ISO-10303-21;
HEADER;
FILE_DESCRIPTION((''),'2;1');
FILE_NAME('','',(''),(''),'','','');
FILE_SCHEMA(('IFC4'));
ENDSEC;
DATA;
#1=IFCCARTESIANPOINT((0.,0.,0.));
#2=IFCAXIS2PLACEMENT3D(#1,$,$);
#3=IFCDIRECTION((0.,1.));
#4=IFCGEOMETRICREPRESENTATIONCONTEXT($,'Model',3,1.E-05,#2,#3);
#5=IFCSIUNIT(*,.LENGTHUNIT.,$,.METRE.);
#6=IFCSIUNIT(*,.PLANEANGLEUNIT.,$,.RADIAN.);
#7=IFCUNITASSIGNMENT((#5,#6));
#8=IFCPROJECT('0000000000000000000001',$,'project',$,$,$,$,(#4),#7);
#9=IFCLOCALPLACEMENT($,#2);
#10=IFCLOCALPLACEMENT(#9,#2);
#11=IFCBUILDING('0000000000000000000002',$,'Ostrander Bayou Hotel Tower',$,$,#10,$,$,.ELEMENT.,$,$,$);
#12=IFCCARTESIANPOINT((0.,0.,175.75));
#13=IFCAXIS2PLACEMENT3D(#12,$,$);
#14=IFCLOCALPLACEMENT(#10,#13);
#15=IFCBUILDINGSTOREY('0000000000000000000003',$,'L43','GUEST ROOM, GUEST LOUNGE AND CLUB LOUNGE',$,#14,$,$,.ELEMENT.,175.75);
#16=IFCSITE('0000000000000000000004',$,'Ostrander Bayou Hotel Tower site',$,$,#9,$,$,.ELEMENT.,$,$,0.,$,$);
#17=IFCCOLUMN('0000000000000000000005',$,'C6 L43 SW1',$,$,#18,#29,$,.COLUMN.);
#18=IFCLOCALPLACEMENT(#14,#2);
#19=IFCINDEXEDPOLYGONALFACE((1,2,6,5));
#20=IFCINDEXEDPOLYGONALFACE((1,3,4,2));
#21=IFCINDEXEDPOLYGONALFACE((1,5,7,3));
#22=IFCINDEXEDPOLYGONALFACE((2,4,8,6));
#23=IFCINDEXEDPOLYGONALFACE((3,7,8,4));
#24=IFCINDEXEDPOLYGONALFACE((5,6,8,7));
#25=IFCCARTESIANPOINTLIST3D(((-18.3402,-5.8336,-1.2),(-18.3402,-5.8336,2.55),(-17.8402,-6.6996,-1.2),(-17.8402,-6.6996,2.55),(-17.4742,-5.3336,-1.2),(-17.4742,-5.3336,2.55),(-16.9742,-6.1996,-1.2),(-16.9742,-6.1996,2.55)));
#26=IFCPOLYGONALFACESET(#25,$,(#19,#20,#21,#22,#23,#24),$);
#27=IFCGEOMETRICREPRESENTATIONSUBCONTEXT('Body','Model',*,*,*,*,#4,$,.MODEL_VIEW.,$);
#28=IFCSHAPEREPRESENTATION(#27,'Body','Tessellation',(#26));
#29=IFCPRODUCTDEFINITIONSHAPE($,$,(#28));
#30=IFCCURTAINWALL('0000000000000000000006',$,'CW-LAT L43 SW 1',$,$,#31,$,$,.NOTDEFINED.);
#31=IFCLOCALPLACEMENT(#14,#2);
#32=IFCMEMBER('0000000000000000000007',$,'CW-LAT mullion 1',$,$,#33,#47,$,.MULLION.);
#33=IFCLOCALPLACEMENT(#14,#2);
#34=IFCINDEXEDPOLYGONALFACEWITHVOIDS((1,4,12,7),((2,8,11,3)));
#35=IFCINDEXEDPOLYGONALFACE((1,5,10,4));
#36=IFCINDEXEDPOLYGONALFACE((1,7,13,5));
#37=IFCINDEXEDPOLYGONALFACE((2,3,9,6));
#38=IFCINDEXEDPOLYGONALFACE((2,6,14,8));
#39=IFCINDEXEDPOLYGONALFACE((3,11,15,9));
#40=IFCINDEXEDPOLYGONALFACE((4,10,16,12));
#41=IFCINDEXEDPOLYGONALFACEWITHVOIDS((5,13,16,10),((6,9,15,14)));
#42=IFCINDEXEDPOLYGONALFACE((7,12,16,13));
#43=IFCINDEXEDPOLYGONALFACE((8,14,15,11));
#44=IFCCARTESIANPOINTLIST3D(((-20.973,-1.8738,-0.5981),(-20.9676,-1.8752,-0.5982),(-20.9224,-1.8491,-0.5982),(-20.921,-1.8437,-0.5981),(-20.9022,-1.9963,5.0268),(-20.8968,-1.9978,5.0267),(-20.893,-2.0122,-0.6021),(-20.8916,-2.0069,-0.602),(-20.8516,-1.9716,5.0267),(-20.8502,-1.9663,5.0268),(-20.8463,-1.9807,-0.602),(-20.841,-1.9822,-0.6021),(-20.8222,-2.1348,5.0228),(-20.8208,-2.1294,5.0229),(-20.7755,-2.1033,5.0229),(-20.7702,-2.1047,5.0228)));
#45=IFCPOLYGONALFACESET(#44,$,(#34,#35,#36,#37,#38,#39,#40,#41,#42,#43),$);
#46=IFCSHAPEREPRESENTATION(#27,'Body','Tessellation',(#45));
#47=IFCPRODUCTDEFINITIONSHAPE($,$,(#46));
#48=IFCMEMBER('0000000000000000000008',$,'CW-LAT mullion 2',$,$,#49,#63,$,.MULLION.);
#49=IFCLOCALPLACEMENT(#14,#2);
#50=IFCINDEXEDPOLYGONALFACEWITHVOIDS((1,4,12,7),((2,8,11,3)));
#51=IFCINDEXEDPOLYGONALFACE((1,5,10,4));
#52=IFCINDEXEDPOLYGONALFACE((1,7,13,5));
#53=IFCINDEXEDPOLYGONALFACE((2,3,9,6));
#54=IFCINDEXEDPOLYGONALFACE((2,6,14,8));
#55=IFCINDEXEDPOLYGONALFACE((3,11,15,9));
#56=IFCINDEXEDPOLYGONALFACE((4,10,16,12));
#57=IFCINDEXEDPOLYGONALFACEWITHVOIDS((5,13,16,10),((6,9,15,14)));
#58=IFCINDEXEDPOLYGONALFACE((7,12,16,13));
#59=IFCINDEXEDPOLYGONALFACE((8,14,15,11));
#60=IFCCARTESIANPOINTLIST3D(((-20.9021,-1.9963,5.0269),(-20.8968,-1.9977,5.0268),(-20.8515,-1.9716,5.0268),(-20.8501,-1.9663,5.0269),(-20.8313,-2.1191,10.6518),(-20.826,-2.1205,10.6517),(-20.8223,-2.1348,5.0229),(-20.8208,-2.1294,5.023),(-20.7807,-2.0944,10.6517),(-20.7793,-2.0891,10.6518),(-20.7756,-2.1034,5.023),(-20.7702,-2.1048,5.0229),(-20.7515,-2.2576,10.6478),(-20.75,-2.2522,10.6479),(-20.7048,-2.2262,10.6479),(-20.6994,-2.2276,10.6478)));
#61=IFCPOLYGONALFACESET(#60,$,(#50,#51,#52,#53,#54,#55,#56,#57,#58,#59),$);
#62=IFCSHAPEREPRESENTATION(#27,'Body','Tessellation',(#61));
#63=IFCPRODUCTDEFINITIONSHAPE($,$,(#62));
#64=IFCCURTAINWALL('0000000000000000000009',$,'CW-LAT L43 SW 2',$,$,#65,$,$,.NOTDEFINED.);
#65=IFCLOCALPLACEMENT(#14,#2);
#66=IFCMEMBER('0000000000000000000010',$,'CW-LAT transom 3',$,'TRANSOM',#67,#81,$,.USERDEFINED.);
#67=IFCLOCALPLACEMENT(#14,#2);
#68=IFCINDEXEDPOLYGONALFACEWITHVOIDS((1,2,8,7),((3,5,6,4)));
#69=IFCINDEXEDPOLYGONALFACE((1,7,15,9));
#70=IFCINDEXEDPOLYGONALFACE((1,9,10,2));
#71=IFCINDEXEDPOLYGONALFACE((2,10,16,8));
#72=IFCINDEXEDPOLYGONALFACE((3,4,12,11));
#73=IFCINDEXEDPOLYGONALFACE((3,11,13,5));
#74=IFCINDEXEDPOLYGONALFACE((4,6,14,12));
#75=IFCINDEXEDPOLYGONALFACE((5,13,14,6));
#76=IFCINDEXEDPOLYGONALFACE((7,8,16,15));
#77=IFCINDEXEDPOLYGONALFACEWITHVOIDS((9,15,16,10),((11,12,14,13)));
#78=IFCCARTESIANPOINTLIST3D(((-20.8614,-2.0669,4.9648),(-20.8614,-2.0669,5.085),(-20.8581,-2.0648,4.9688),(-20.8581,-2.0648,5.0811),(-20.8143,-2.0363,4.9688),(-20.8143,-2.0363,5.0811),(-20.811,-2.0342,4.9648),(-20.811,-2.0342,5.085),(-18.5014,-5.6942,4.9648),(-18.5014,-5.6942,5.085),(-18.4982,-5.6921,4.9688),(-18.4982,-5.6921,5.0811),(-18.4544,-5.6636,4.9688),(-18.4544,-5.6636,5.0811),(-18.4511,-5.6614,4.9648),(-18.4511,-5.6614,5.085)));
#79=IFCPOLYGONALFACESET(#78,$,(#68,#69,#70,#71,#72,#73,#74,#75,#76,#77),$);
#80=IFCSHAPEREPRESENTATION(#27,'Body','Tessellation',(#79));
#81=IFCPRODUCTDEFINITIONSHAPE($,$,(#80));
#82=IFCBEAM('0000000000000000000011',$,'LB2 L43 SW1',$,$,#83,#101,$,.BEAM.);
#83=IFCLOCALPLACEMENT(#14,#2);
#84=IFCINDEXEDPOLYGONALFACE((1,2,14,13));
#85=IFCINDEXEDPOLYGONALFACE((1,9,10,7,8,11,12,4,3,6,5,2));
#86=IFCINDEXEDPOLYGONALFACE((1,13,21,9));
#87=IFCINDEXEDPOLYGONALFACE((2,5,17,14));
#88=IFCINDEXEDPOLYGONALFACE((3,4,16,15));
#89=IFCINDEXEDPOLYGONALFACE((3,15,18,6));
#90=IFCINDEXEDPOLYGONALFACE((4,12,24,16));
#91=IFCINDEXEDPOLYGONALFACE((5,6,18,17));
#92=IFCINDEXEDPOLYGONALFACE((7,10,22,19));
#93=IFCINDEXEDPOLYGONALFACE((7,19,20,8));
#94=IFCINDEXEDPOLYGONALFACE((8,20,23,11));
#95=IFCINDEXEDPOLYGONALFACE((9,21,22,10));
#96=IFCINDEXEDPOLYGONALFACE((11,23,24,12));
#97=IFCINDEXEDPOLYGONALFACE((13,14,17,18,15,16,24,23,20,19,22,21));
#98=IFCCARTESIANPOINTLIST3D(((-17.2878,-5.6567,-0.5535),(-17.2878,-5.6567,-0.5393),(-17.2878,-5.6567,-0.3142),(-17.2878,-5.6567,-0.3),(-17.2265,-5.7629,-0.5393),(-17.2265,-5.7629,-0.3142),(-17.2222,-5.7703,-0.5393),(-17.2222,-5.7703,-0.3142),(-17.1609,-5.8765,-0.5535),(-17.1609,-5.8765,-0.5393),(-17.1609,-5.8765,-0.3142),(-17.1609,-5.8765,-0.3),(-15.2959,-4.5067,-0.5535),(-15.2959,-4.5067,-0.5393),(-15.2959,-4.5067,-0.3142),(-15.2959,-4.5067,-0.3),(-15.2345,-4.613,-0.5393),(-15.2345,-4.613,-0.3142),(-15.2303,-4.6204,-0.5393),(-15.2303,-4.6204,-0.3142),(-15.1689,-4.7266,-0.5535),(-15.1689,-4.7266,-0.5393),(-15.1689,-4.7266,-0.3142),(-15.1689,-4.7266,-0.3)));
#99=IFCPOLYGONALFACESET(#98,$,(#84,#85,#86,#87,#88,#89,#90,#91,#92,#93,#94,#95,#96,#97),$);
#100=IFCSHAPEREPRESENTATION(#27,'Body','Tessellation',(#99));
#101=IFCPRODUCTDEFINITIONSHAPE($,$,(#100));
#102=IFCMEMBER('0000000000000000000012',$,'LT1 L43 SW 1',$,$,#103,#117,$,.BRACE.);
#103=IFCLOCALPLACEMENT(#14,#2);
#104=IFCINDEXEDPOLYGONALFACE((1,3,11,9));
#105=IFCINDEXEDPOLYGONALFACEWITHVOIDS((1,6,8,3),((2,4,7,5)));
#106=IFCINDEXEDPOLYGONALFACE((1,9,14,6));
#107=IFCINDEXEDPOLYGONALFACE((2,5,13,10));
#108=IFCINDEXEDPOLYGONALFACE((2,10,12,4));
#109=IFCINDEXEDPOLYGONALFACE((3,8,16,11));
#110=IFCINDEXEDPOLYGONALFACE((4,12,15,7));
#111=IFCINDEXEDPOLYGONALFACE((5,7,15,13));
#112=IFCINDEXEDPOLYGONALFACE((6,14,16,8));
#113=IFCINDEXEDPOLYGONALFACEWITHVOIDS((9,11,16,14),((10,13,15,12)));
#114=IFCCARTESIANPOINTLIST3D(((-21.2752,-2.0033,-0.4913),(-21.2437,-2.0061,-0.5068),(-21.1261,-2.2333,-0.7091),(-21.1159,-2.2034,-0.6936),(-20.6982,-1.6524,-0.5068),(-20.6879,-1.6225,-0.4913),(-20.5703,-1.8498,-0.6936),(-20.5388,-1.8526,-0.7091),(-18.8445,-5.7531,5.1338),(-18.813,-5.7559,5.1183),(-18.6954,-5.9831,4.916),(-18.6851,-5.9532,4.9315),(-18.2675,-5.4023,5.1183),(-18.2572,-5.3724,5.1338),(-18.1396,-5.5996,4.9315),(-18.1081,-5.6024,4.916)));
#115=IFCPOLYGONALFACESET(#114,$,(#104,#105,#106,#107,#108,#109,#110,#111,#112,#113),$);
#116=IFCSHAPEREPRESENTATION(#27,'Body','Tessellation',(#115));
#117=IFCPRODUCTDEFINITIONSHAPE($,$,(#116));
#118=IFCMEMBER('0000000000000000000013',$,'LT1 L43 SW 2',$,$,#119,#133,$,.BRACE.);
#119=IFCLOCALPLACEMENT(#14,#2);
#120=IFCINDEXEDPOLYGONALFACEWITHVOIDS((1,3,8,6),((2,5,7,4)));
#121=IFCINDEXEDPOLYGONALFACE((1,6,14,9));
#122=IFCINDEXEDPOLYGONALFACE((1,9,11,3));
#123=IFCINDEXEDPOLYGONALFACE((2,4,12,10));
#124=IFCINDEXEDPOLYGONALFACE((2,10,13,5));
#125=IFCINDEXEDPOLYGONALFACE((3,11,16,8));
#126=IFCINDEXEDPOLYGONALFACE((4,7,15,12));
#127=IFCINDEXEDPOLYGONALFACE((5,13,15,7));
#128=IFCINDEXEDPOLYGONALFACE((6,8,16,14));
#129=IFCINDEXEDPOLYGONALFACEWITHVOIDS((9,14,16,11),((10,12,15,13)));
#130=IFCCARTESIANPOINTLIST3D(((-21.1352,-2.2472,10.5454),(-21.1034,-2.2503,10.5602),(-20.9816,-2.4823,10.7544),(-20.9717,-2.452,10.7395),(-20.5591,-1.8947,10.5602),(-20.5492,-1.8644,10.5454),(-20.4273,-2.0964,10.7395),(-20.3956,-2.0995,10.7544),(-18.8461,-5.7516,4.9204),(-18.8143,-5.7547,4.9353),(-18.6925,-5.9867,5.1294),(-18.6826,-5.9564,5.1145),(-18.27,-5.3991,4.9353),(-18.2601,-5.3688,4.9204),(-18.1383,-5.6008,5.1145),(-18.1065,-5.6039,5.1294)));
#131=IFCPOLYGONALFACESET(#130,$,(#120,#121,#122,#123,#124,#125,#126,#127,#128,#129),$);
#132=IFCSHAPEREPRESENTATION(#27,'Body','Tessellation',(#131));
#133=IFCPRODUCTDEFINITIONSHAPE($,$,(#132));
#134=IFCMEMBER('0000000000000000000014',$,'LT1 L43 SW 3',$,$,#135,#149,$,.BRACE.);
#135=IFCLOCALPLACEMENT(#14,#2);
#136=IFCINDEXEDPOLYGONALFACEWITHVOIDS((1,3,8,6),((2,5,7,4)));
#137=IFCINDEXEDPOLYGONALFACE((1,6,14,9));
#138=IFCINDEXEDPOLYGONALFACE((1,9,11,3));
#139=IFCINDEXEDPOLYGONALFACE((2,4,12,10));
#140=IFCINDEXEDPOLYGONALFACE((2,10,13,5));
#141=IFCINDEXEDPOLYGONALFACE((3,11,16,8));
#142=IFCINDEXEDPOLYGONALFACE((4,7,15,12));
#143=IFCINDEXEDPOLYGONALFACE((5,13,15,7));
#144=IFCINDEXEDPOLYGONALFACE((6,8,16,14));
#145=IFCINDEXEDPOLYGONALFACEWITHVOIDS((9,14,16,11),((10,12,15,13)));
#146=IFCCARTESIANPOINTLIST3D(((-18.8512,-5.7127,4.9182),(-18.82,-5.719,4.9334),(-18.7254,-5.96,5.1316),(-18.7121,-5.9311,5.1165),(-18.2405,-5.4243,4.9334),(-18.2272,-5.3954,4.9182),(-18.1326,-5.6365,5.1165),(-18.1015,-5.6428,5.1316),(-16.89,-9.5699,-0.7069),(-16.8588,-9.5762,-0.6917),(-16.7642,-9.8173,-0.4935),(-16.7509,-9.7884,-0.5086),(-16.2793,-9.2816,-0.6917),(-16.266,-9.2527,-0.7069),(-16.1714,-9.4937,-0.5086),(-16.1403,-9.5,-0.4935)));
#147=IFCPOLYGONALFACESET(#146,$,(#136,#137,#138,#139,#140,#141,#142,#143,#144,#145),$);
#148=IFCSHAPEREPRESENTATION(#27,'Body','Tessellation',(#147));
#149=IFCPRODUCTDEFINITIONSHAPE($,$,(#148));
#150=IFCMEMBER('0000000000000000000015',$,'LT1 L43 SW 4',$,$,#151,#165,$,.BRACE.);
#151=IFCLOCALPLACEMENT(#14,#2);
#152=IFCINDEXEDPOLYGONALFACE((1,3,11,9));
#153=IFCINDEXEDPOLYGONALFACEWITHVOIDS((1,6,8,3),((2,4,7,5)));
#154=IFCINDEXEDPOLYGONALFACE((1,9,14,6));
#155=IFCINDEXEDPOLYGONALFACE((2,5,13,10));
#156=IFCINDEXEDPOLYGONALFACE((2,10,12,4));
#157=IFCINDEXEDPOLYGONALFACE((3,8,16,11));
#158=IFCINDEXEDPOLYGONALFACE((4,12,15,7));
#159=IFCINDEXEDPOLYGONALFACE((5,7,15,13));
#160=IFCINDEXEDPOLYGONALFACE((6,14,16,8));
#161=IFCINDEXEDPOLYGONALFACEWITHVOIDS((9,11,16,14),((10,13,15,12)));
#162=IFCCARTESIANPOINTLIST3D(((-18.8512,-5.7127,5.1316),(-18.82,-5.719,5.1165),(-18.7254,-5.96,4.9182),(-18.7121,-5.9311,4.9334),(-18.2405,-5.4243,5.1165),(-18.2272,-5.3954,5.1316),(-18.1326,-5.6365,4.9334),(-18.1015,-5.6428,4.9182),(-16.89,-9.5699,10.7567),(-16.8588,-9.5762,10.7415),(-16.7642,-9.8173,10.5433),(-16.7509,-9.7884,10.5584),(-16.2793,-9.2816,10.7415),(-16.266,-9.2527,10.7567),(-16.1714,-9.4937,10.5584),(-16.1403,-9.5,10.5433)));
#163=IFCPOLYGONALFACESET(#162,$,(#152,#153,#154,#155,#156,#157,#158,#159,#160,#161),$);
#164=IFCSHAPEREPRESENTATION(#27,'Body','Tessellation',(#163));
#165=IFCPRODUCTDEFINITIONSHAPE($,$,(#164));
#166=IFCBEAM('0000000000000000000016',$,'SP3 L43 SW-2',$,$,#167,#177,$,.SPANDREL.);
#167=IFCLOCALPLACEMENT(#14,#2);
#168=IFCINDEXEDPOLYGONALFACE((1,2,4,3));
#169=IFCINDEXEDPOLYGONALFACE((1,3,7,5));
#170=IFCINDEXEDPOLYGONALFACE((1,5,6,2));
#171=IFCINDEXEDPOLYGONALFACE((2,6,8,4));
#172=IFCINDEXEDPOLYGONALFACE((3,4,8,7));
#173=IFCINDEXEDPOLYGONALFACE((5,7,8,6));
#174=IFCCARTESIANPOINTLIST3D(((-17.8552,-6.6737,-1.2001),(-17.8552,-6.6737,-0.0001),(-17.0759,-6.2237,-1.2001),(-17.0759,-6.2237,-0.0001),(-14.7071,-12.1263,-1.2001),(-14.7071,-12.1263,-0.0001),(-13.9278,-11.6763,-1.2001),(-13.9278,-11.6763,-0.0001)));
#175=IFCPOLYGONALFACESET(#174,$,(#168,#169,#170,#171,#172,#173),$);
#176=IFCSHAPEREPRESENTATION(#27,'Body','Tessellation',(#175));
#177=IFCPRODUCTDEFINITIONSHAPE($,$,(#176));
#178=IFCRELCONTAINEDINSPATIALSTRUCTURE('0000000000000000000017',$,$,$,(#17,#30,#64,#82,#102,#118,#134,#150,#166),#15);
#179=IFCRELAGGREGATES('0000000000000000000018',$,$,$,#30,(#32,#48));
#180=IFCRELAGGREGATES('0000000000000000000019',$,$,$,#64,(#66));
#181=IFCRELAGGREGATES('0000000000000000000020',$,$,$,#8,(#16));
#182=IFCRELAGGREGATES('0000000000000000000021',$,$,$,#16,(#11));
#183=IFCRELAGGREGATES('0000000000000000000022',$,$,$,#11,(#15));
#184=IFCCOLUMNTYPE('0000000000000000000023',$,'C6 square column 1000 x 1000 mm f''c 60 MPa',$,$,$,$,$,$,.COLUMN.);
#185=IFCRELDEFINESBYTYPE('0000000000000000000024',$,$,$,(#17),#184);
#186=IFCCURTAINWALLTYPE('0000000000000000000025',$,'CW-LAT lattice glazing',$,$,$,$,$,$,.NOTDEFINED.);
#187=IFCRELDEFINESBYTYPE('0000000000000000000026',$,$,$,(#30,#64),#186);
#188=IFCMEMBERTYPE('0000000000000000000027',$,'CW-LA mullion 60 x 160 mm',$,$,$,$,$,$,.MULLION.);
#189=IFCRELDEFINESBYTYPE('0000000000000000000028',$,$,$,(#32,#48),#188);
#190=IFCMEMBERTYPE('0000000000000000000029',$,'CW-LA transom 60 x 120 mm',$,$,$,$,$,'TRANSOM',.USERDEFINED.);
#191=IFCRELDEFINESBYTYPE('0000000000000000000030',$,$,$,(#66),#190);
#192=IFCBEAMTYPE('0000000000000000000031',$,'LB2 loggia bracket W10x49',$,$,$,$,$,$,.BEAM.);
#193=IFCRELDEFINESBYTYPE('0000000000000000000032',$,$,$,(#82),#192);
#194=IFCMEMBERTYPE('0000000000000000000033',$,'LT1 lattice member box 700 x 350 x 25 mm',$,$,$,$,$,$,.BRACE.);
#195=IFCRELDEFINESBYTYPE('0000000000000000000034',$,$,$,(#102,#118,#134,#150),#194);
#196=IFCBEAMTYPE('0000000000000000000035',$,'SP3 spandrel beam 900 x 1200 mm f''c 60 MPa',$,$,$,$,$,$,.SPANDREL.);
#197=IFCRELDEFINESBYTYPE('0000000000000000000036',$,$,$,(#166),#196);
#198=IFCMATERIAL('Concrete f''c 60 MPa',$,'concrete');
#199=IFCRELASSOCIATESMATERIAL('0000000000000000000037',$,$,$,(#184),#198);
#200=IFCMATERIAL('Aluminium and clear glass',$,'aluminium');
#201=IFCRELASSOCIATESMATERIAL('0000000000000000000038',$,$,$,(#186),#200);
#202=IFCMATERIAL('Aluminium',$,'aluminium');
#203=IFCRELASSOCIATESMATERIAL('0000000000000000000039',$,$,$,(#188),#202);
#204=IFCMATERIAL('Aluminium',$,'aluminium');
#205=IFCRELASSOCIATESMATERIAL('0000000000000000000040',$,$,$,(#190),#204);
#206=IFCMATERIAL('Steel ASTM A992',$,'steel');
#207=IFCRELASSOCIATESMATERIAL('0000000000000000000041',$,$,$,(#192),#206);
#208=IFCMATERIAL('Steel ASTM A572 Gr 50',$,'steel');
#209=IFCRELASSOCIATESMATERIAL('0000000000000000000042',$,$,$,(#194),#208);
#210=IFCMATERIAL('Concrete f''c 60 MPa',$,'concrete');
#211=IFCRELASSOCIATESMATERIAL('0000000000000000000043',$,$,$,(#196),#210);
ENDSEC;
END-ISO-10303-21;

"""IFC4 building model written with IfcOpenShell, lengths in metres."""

from ifc_helpers import new_model, si_unit, direction, frame, origin, origin_2d, place, context, subcontext, project, spatial, rectangle, hollow_rectangle, i_section, extrude, material, material_profile, profile_set, type_object, element, aggregate, save


model = new_model("IFC4")

# Units and contexts
model_context = context("Model", 3, precision=1e-05, world=origin(), true_north=direction((0.0, 1.0)))
body_context = subcontext(model_context, "Body", "Model", "MODEL_VIEW")
ifc_project = project(units=[si_unit("LENGTHUNIT", "METRE"), si_unit("PLANEANGLEUNIT", "RADIAN")], contexts=[model_context])

# Site, building, storey
site_placement = place(None, origin())
site = spatial("IfcSite", under=ifc_project, at=site_placement, Name="Ostrander Bayou Hotel Tower site", CompositionType="ELEMENT", RefElevation=0.0)
building_placement = place(site_placement, origin())
building = spatial("IfcBuilding", under=site, at=building_placement, Name="Ostrander Bayou Hotel Tower", CompositionType="ELEMENT")
storey_placement = place(building_placement, frame((0.0, 0.0, 175.75)))
storey = spatial("IfcBuildingStorey", under=building, at=storey_placement, Name="L43", Description="GUEST ROOM, GUEST LOUNGE AND CLUB LOUNGE", CompositionType="ELEMENT", Elevation=175.75)

# Column
ifc_material_1 = material(Name="Concrete f'c 60 MPa", Category="concrete")
ifc_material_profile_1 = material_profile(ifc_material_1, rectangle(XDim=1.0, YDim=1.0, at=origin_2d()))
ifc_profile_set_1 = profile_set([ifc_material_profile_1], Name="Concrete f'c 60 MPa")
column_type = type_object("IfcColumnType", Name="C6 square column 1000 x 1000 mm f'c 60 MPa", PredefinedType="COLUMN", material=ifc_profile_set_1)
column_placement = place(storey_placement, frame((-17.6572, -6.0166, -1.2), z_axis=(0.0, 0.0, 1.0), x_axis=(-0.5, 0.866025, 0.0)))
element("IfcColumn", 1, at=column_placement, inside=storey, type_object=column_type, Name="C6 L43 SW1", PredefinedType="COLUMN", context=body_context, shape_type="SweptSolid", body=[
    extrude(rectangle(XDim=1.0, YDim=1.0, at=origin_2d()), origin(), (0.0, 0.0, 1.0), 3.75),
])

# Curtain wall, members
ifc_material_2 = material(Name="Aluminium and clear glass", Category="aluminium")
curtain_wall_type = type_object("IfcCurtainWallType", Name="CW-LAT lattice glazing", PredefinedType="NOTDEFINED", material=ifc_material_2)
curtain_wall_1_placement = place(storey_placement, origin())
curtain_wall_1 = element("IfcCurtainWall", 2, at=curtain_wall_1_placement, inside=storey, type_object=curtain_wall_type, Name="CW-LAT L43 SW 1", PredefinedType="NOTDEFINED")
ifc_material_3 = material(Name="Aluminium", Category="aluminium")
ifc_material_profile_2 = material_profile(ifc_material_3, hollow_rectangle(XDim=0.0601, YDim=0.1599, WallThickness=0.0039, at=origin_2d()))
ifc_profile_set_2 = profile_set([ifc_material_profile_2], Name="Aluminium")
member_type_1 = type_object("IfcMemberType", Name="CW-LA mullion 60 x 160 mm", PredefinedType="MULLION", material=ifc_profile_set_2)
member_1_placement = place(storey_placement, frame((-20.907, -1.928, -0.6001), z_axis=(0.012583, -0.021781, 0.999684), x_axis=(0.865898, 0.50022, 0.0)))
member_1 = element("IfcMember", 3, at=member_1_placement, type_object=member_type_1, Name="CW-LAT mullion 1", PredefinedType="MULLION", context=body_context, shape_type="SweptSolid", body=[
    extrude(hollow_rectangle(XDim=0.0601, YDim=0.1599, WallThickness=0.0039, at=origin_2d()), origin(), (0.0, 0.0, 1.0), 5.6267),
])
member_2_placement = place(storey_placement, frame((-20.8362, -2.0505, 5.0249), z_axis=(0.012583, -0.021825, 0.999683), x_axis=(0.866329, 0.499474, 0.0)))
member_2 = element("IfcMember", 4, at=member_2_placement, type_object=member_type_1, Name="CW-LAT mullion 2", PredefinedType="MULLION", context=body_context, shape_type="SweptSolid", body=[
    extrude(hollow_rectangle(XDim=0.0601, YDim=0.1599, WallThickness=0.0039, at=origin_2d()), origin(), (0.0, 0.0, 1.0), 5.6267),
])

# Curtain wall, member
curtain_wall_2_placement = place(storey_placement, origin())
curtain_wall_2 = element("IfcCurtainWall", 5, at=curtain_wall_2_placement, inside=storey, type_object=curtain_wall_type, Name="CW-LAT L43 SW 2", PredefinedType="NOTDEFINED")
ifc_material_4 = material(Name="Aluminium", Category="aluminium")
ifc_material_profile_3 = material_profile(ifc_material_4, hollow_rectangle(XDim=0.0601, YDim=0.1201, WallThickness=0.0039, at=origin_2d()))
ifc_profile_set_3 = profile_set([ifc_material_profile_3], Name="Aluminium")
member_type_2 = type_object("IfcMemberType", Name="CW-LA transom 60 x 120 mm", ElementType="TRANSOM", PredefinedType="USERDEFINED", material=ifc_profile_set_3)
member_3_placement = place(storey_placement, frame((-20.8362, -2.0505, 5.0249), z_axis=(0.545343, -0.838213, 0.0), x_axis=(0.838213, 0.545343, 0.0)))
member_3 = element("IfcMember", 6, at=member_3_placement, type_object=member_type_2, Name="CW-LAT transom 3", ObjectType="TRANSOM", PredefinedType="USERDEFINED", context=body_context, shape_type="SweptSolid", body=[
    extrude(hollow_rectangle(XDim=0.0601, YDim=0.1201, WallThickness=0.0039, at=origin_2d()), origin(), (0.0, 0.0, 1.0), 4.3274),
])

# Beam
ifc_material_5 = material(Name="Steel ASTM A992", Category="steel")
ifc_material_profile_4 = material_profile(ifc_material_5, i_section(OverallWidth=0.2539, OverallDepth=0.2534, WebThickness=0.0085, FlangeThickness=0.0142, at=origin_2d()))
ifc_profile_set_4 = profile_set([ifc_material_profile_4], Name="Steel ASTM A992")
beam_type_1 = type_object("IfcBeamType", Name="LB2 loggia bracket W10x49", PredefinedType="BEAM", material=ifc_profile_set_4)
beam_1_placement = place(storey_placement, frame((-17.2244, -5.7666, -0.4268), z_axis=(0.866053, 0.499952, 0.0), x_axis=(-0.499952, 0.866053, 0.0)))
element("IfcBeam", 7, at=beam_1_placement, inside=storey, type_object=beam_type_1, Name="LB2 L43 SW1", PredefinedType="BEAM", context=body_context, shape_type="SweptSolid", body=[
    extrude(i_section(OverallWidth=0.2539, OverallDepth=0.2534, WebThickness=0.0085, FlangeThickness=0.0142, at=origin_2d()), origin(), (0.0, 0.0, 1.0), 2.3),
])

# Members
ifc_material_6 = material(Name="Steel ASTM A572 Gr 50", Category="steel")
ifc_material_profile_5 = material_profile(ifc_material_6, hollow_rectangle(XDim=0.7, YDim=0.3501, WallThickness=0.0249, at=origin_2d()))
ifc_profile_set_5 = profile_set([ifc_material_profile_5], Name="Steel ASTM A572 Gr 50")
member_type_3 = type_object("IfcMemberType", Name="LT1 lattice member box 700 x 350 x 25 mm", PredefinedType="BRACE", material=ifc_profile_set_5)
member_4_placement = place(storey_placement, frame((-18.4763, -5.6777, 5.0249), z_axis=(-0.338346, 0.521962, -0.782993), x_axis=(-0.839126, -0.543937, 0.0)))
element("IfcMember", 8, at=member_4_placement, inside=storey, type_object=member_type_3, Name="LT1 L43 SW 1", PredefinedType="BRACE", context=body_context, shape_type="SweptSolid", body=[
    extrude(hollow_rectangle(XDim=0.7, YDim=0.3501, WallThickness=0.0249, at=origin_2d()), origin(), (0.0, 0.0, 1.0), 7.1841),
])
member_5_placement = place(storey_placement, frame((-18.4763, -5.6777, 5.0249), z_axis=(-0.326472, 0.499806, 0.802253), x_axis=(-0.837218, -0.546869, 0.0)))
element("IfcMember", 9, at=member_5_placement, inside=storey, type_object=member_type_3, Name="LT1 L43 SW 2", PredefinedType="BRACE", context=body_context, shape_type="SweptSolid", body=[
    extrude(hollow_rectangle(XDim=0.7, YDim=0.3501, WallThickness=0.0249, at=origin_2d()), origin(), (0.0, 0.0, 1.0), 7.0115),
])
for number, where, z_axis, x_axis, name in (
    (10, (-18.4763, -5.6777, 5.0249), (0.276347, -0.543509, -0.79261), (0.891394, 0.453229, 0.0), "LT1 L43 SW 3"),
    (11, (-18.4763, -5.6777, 5.0249), (0.276347, -0.543509, 0.79261), (0.891394, 0.453229, 0.0), "LT1 L43 SW 4"),
):
    element("IfcMember", number, at=place(storey_placement, frame(where, z_axis=z_axis, x_axis=x_axis)), inside=storey, type_object=member_type_3, Name=name, PredefinedType="BRACE", context=body_context, shape_type="SweptSolid", body=[
        extrude(hollow_rectangle(XDim=0.7, YDim=0.3501, WallThickness=0.0249, at=origin_2d()), origin(), (0.0, 0.0, 1.0), 7.0969),
    ])

# Beam
ifc_material_7 = material(Name="Concrete f'c 60 MPa", Category="concrete")
ifc_material_profile_6 = material_profile(ifc_material_7, rectangle(XDim=0.8999, YDim=1.2, at=origin_2d()))
ifc_profile_set_6 = profile_set([ifc_material_profile_6], Name="Concrete f'c 60 MPa")
beam_type_2 = type_object("IfcBeamType", Name="SP3 spandrel beam 900 x 1200 mm f'c 60 MPa", PredefinedType="SPANDREL", material=ifc_profile_set_6)
beam_2_placement = place(storey_placement, frame((-17.4656, -6.4487, -0.6001), z_axis=(0.500013, -0.866018, 0.0), x_axis=(0.866018, 0.500013, 0.0)))
element("IfcBeam", 12, at=beam_2_placement, inside=storey, type_object=beam_type_2, Name="SP3 L43 SW-2", PredefinedType="SPANDREL", context=body_context, shape_type="SweptSolid", body=[
    extrude(rectangle(XDim=0.8999, YDim=1.2, at=origin_2d()), origin(), (0.0, 0.0, 1.0), 6.2961),
])

aggregate(curtain_wall_1, [member_1, member_2])
aggregate(curtain_wall_2, [member_3])

save(model, "model.ifc")
